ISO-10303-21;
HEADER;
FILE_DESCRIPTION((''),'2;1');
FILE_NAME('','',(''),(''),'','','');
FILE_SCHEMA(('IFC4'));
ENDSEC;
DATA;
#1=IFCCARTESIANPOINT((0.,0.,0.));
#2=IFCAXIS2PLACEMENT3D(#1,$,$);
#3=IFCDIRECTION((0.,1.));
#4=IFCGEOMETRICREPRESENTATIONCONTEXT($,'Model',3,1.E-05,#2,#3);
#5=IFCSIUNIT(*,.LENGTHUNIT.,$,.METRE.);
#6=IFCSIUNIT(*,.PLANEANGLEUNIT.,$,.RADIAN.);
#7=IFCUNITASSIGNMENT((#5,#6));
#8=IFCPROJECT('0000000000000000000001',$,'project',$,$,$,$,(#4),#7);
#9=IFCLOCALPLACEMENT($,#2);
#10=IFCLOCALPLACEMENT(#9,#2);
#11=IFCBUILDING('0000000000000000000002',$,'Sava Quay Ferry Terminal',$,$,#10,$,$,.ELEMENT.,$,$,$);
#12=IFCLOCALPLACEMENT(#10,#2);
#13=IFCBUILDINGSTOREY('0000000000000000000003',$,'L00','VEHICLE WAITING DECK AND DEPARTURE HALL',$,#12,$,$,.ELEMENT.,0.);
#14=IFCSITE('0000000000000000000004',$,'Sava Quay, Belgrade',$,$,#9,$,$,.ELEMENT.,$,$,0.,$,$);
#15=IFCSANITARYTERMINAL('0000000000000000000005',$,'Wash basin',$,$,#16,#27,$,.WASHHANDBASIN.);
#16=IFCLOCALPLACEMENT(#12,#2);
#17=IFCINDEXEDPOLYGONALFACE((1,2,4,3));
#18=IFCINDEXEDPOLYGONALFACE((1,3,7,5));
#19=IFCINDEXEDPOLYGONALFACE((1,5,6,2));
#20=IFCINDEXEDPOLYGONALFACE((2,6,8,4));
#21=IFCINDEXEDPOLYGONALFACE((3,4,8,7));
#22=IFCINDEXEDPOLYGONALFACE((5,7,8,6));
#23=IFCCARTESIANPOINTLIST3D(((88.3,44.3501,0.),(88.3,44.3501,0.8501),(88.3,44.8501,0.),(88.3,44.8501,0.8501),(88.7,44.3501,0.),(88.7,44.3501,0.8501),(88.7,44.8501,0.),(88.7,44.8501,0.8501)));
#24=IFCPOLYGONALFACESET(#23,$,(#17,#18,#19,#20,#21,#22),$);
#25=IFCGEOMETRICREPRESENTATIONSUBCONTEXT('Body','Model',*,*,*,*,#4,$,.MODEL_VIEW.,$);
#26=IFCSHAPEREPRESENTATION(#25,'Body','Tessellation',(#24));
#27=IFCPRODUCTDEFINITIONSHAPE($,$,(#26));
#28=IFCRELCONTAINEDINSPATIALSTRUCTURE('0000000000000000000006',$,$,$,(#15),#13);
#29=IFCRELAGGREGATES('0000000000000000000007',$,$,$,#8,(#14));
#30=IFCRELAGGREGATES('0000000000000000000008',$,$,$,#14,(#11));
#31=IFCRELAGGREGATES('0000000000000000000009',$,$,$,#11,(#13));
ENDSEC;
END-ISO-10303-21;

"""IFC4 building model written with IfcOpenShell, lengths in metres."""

from ifc_helpers import new_model, si_unit, direction, frame, origin, origin_2d, place, context, subcontext, project, spatial, rectangle, extrude, element, save


model = new_model("IFC4")

# Units and contexts
model_context = context("Model", 3, precision=1e-05, world=origin(), true_north=direction((0.0, 1.0)))
body_context = subcontext(model_context, "Body", "Model", "MODEL_VIEW")
ifc_project = project(units=[si_unit("LENGTHUNIT", "METRE"), si_unit("PLANEANGLEUNIT", "RADIAN")], contexts=[model_context])

# Site, building, storey
site_placement = place(None, origin())
site = spatial("IfcSite", under=ifc_project, at=site_placement, Name="Sava Quay, Belgrade", CompositionType="ELEMENT", RefElevation=0.0)
building_placement = place(site_placement, origin())
building = spatial("IfcBuilding", under=site, at=building_placement, Name="Sava Quay Ferry Terminal", CompositionType="ELEMENT")
storey_placement = place(building_placement, origin())
storey = spatial("IfcBuildingStorey", under=building, at=storey_placement, Name="L00", Description="VEHICLE WAITING DECK AND DEPARTURE HALL", CompositionType="ELEMENT", Elevation=0.0)

# Sanitary terminal
sanitary_terminal_placement = place(storey_placement, frame((88.5, 44.6001, 0.0), z_axis=(0.0, 0.0, 1.0), x_axis=(1.0, 0.0, 0.0)))
element("IfcSanitaryTerminal", 1, at=sanitary_terminal_placement, inside=storey, Name="Wash basin", PredefinedType="WASHHANDBASIN", context=body_context, shape_type="SweptSolid", body=[
    extrude(rectangle(XDim=0.3999, YDim=0.5, at=origin_2d()), origin(), (0.0, 0.0, 1.0), 0.8501),
])

save(model, "model.ifc")
